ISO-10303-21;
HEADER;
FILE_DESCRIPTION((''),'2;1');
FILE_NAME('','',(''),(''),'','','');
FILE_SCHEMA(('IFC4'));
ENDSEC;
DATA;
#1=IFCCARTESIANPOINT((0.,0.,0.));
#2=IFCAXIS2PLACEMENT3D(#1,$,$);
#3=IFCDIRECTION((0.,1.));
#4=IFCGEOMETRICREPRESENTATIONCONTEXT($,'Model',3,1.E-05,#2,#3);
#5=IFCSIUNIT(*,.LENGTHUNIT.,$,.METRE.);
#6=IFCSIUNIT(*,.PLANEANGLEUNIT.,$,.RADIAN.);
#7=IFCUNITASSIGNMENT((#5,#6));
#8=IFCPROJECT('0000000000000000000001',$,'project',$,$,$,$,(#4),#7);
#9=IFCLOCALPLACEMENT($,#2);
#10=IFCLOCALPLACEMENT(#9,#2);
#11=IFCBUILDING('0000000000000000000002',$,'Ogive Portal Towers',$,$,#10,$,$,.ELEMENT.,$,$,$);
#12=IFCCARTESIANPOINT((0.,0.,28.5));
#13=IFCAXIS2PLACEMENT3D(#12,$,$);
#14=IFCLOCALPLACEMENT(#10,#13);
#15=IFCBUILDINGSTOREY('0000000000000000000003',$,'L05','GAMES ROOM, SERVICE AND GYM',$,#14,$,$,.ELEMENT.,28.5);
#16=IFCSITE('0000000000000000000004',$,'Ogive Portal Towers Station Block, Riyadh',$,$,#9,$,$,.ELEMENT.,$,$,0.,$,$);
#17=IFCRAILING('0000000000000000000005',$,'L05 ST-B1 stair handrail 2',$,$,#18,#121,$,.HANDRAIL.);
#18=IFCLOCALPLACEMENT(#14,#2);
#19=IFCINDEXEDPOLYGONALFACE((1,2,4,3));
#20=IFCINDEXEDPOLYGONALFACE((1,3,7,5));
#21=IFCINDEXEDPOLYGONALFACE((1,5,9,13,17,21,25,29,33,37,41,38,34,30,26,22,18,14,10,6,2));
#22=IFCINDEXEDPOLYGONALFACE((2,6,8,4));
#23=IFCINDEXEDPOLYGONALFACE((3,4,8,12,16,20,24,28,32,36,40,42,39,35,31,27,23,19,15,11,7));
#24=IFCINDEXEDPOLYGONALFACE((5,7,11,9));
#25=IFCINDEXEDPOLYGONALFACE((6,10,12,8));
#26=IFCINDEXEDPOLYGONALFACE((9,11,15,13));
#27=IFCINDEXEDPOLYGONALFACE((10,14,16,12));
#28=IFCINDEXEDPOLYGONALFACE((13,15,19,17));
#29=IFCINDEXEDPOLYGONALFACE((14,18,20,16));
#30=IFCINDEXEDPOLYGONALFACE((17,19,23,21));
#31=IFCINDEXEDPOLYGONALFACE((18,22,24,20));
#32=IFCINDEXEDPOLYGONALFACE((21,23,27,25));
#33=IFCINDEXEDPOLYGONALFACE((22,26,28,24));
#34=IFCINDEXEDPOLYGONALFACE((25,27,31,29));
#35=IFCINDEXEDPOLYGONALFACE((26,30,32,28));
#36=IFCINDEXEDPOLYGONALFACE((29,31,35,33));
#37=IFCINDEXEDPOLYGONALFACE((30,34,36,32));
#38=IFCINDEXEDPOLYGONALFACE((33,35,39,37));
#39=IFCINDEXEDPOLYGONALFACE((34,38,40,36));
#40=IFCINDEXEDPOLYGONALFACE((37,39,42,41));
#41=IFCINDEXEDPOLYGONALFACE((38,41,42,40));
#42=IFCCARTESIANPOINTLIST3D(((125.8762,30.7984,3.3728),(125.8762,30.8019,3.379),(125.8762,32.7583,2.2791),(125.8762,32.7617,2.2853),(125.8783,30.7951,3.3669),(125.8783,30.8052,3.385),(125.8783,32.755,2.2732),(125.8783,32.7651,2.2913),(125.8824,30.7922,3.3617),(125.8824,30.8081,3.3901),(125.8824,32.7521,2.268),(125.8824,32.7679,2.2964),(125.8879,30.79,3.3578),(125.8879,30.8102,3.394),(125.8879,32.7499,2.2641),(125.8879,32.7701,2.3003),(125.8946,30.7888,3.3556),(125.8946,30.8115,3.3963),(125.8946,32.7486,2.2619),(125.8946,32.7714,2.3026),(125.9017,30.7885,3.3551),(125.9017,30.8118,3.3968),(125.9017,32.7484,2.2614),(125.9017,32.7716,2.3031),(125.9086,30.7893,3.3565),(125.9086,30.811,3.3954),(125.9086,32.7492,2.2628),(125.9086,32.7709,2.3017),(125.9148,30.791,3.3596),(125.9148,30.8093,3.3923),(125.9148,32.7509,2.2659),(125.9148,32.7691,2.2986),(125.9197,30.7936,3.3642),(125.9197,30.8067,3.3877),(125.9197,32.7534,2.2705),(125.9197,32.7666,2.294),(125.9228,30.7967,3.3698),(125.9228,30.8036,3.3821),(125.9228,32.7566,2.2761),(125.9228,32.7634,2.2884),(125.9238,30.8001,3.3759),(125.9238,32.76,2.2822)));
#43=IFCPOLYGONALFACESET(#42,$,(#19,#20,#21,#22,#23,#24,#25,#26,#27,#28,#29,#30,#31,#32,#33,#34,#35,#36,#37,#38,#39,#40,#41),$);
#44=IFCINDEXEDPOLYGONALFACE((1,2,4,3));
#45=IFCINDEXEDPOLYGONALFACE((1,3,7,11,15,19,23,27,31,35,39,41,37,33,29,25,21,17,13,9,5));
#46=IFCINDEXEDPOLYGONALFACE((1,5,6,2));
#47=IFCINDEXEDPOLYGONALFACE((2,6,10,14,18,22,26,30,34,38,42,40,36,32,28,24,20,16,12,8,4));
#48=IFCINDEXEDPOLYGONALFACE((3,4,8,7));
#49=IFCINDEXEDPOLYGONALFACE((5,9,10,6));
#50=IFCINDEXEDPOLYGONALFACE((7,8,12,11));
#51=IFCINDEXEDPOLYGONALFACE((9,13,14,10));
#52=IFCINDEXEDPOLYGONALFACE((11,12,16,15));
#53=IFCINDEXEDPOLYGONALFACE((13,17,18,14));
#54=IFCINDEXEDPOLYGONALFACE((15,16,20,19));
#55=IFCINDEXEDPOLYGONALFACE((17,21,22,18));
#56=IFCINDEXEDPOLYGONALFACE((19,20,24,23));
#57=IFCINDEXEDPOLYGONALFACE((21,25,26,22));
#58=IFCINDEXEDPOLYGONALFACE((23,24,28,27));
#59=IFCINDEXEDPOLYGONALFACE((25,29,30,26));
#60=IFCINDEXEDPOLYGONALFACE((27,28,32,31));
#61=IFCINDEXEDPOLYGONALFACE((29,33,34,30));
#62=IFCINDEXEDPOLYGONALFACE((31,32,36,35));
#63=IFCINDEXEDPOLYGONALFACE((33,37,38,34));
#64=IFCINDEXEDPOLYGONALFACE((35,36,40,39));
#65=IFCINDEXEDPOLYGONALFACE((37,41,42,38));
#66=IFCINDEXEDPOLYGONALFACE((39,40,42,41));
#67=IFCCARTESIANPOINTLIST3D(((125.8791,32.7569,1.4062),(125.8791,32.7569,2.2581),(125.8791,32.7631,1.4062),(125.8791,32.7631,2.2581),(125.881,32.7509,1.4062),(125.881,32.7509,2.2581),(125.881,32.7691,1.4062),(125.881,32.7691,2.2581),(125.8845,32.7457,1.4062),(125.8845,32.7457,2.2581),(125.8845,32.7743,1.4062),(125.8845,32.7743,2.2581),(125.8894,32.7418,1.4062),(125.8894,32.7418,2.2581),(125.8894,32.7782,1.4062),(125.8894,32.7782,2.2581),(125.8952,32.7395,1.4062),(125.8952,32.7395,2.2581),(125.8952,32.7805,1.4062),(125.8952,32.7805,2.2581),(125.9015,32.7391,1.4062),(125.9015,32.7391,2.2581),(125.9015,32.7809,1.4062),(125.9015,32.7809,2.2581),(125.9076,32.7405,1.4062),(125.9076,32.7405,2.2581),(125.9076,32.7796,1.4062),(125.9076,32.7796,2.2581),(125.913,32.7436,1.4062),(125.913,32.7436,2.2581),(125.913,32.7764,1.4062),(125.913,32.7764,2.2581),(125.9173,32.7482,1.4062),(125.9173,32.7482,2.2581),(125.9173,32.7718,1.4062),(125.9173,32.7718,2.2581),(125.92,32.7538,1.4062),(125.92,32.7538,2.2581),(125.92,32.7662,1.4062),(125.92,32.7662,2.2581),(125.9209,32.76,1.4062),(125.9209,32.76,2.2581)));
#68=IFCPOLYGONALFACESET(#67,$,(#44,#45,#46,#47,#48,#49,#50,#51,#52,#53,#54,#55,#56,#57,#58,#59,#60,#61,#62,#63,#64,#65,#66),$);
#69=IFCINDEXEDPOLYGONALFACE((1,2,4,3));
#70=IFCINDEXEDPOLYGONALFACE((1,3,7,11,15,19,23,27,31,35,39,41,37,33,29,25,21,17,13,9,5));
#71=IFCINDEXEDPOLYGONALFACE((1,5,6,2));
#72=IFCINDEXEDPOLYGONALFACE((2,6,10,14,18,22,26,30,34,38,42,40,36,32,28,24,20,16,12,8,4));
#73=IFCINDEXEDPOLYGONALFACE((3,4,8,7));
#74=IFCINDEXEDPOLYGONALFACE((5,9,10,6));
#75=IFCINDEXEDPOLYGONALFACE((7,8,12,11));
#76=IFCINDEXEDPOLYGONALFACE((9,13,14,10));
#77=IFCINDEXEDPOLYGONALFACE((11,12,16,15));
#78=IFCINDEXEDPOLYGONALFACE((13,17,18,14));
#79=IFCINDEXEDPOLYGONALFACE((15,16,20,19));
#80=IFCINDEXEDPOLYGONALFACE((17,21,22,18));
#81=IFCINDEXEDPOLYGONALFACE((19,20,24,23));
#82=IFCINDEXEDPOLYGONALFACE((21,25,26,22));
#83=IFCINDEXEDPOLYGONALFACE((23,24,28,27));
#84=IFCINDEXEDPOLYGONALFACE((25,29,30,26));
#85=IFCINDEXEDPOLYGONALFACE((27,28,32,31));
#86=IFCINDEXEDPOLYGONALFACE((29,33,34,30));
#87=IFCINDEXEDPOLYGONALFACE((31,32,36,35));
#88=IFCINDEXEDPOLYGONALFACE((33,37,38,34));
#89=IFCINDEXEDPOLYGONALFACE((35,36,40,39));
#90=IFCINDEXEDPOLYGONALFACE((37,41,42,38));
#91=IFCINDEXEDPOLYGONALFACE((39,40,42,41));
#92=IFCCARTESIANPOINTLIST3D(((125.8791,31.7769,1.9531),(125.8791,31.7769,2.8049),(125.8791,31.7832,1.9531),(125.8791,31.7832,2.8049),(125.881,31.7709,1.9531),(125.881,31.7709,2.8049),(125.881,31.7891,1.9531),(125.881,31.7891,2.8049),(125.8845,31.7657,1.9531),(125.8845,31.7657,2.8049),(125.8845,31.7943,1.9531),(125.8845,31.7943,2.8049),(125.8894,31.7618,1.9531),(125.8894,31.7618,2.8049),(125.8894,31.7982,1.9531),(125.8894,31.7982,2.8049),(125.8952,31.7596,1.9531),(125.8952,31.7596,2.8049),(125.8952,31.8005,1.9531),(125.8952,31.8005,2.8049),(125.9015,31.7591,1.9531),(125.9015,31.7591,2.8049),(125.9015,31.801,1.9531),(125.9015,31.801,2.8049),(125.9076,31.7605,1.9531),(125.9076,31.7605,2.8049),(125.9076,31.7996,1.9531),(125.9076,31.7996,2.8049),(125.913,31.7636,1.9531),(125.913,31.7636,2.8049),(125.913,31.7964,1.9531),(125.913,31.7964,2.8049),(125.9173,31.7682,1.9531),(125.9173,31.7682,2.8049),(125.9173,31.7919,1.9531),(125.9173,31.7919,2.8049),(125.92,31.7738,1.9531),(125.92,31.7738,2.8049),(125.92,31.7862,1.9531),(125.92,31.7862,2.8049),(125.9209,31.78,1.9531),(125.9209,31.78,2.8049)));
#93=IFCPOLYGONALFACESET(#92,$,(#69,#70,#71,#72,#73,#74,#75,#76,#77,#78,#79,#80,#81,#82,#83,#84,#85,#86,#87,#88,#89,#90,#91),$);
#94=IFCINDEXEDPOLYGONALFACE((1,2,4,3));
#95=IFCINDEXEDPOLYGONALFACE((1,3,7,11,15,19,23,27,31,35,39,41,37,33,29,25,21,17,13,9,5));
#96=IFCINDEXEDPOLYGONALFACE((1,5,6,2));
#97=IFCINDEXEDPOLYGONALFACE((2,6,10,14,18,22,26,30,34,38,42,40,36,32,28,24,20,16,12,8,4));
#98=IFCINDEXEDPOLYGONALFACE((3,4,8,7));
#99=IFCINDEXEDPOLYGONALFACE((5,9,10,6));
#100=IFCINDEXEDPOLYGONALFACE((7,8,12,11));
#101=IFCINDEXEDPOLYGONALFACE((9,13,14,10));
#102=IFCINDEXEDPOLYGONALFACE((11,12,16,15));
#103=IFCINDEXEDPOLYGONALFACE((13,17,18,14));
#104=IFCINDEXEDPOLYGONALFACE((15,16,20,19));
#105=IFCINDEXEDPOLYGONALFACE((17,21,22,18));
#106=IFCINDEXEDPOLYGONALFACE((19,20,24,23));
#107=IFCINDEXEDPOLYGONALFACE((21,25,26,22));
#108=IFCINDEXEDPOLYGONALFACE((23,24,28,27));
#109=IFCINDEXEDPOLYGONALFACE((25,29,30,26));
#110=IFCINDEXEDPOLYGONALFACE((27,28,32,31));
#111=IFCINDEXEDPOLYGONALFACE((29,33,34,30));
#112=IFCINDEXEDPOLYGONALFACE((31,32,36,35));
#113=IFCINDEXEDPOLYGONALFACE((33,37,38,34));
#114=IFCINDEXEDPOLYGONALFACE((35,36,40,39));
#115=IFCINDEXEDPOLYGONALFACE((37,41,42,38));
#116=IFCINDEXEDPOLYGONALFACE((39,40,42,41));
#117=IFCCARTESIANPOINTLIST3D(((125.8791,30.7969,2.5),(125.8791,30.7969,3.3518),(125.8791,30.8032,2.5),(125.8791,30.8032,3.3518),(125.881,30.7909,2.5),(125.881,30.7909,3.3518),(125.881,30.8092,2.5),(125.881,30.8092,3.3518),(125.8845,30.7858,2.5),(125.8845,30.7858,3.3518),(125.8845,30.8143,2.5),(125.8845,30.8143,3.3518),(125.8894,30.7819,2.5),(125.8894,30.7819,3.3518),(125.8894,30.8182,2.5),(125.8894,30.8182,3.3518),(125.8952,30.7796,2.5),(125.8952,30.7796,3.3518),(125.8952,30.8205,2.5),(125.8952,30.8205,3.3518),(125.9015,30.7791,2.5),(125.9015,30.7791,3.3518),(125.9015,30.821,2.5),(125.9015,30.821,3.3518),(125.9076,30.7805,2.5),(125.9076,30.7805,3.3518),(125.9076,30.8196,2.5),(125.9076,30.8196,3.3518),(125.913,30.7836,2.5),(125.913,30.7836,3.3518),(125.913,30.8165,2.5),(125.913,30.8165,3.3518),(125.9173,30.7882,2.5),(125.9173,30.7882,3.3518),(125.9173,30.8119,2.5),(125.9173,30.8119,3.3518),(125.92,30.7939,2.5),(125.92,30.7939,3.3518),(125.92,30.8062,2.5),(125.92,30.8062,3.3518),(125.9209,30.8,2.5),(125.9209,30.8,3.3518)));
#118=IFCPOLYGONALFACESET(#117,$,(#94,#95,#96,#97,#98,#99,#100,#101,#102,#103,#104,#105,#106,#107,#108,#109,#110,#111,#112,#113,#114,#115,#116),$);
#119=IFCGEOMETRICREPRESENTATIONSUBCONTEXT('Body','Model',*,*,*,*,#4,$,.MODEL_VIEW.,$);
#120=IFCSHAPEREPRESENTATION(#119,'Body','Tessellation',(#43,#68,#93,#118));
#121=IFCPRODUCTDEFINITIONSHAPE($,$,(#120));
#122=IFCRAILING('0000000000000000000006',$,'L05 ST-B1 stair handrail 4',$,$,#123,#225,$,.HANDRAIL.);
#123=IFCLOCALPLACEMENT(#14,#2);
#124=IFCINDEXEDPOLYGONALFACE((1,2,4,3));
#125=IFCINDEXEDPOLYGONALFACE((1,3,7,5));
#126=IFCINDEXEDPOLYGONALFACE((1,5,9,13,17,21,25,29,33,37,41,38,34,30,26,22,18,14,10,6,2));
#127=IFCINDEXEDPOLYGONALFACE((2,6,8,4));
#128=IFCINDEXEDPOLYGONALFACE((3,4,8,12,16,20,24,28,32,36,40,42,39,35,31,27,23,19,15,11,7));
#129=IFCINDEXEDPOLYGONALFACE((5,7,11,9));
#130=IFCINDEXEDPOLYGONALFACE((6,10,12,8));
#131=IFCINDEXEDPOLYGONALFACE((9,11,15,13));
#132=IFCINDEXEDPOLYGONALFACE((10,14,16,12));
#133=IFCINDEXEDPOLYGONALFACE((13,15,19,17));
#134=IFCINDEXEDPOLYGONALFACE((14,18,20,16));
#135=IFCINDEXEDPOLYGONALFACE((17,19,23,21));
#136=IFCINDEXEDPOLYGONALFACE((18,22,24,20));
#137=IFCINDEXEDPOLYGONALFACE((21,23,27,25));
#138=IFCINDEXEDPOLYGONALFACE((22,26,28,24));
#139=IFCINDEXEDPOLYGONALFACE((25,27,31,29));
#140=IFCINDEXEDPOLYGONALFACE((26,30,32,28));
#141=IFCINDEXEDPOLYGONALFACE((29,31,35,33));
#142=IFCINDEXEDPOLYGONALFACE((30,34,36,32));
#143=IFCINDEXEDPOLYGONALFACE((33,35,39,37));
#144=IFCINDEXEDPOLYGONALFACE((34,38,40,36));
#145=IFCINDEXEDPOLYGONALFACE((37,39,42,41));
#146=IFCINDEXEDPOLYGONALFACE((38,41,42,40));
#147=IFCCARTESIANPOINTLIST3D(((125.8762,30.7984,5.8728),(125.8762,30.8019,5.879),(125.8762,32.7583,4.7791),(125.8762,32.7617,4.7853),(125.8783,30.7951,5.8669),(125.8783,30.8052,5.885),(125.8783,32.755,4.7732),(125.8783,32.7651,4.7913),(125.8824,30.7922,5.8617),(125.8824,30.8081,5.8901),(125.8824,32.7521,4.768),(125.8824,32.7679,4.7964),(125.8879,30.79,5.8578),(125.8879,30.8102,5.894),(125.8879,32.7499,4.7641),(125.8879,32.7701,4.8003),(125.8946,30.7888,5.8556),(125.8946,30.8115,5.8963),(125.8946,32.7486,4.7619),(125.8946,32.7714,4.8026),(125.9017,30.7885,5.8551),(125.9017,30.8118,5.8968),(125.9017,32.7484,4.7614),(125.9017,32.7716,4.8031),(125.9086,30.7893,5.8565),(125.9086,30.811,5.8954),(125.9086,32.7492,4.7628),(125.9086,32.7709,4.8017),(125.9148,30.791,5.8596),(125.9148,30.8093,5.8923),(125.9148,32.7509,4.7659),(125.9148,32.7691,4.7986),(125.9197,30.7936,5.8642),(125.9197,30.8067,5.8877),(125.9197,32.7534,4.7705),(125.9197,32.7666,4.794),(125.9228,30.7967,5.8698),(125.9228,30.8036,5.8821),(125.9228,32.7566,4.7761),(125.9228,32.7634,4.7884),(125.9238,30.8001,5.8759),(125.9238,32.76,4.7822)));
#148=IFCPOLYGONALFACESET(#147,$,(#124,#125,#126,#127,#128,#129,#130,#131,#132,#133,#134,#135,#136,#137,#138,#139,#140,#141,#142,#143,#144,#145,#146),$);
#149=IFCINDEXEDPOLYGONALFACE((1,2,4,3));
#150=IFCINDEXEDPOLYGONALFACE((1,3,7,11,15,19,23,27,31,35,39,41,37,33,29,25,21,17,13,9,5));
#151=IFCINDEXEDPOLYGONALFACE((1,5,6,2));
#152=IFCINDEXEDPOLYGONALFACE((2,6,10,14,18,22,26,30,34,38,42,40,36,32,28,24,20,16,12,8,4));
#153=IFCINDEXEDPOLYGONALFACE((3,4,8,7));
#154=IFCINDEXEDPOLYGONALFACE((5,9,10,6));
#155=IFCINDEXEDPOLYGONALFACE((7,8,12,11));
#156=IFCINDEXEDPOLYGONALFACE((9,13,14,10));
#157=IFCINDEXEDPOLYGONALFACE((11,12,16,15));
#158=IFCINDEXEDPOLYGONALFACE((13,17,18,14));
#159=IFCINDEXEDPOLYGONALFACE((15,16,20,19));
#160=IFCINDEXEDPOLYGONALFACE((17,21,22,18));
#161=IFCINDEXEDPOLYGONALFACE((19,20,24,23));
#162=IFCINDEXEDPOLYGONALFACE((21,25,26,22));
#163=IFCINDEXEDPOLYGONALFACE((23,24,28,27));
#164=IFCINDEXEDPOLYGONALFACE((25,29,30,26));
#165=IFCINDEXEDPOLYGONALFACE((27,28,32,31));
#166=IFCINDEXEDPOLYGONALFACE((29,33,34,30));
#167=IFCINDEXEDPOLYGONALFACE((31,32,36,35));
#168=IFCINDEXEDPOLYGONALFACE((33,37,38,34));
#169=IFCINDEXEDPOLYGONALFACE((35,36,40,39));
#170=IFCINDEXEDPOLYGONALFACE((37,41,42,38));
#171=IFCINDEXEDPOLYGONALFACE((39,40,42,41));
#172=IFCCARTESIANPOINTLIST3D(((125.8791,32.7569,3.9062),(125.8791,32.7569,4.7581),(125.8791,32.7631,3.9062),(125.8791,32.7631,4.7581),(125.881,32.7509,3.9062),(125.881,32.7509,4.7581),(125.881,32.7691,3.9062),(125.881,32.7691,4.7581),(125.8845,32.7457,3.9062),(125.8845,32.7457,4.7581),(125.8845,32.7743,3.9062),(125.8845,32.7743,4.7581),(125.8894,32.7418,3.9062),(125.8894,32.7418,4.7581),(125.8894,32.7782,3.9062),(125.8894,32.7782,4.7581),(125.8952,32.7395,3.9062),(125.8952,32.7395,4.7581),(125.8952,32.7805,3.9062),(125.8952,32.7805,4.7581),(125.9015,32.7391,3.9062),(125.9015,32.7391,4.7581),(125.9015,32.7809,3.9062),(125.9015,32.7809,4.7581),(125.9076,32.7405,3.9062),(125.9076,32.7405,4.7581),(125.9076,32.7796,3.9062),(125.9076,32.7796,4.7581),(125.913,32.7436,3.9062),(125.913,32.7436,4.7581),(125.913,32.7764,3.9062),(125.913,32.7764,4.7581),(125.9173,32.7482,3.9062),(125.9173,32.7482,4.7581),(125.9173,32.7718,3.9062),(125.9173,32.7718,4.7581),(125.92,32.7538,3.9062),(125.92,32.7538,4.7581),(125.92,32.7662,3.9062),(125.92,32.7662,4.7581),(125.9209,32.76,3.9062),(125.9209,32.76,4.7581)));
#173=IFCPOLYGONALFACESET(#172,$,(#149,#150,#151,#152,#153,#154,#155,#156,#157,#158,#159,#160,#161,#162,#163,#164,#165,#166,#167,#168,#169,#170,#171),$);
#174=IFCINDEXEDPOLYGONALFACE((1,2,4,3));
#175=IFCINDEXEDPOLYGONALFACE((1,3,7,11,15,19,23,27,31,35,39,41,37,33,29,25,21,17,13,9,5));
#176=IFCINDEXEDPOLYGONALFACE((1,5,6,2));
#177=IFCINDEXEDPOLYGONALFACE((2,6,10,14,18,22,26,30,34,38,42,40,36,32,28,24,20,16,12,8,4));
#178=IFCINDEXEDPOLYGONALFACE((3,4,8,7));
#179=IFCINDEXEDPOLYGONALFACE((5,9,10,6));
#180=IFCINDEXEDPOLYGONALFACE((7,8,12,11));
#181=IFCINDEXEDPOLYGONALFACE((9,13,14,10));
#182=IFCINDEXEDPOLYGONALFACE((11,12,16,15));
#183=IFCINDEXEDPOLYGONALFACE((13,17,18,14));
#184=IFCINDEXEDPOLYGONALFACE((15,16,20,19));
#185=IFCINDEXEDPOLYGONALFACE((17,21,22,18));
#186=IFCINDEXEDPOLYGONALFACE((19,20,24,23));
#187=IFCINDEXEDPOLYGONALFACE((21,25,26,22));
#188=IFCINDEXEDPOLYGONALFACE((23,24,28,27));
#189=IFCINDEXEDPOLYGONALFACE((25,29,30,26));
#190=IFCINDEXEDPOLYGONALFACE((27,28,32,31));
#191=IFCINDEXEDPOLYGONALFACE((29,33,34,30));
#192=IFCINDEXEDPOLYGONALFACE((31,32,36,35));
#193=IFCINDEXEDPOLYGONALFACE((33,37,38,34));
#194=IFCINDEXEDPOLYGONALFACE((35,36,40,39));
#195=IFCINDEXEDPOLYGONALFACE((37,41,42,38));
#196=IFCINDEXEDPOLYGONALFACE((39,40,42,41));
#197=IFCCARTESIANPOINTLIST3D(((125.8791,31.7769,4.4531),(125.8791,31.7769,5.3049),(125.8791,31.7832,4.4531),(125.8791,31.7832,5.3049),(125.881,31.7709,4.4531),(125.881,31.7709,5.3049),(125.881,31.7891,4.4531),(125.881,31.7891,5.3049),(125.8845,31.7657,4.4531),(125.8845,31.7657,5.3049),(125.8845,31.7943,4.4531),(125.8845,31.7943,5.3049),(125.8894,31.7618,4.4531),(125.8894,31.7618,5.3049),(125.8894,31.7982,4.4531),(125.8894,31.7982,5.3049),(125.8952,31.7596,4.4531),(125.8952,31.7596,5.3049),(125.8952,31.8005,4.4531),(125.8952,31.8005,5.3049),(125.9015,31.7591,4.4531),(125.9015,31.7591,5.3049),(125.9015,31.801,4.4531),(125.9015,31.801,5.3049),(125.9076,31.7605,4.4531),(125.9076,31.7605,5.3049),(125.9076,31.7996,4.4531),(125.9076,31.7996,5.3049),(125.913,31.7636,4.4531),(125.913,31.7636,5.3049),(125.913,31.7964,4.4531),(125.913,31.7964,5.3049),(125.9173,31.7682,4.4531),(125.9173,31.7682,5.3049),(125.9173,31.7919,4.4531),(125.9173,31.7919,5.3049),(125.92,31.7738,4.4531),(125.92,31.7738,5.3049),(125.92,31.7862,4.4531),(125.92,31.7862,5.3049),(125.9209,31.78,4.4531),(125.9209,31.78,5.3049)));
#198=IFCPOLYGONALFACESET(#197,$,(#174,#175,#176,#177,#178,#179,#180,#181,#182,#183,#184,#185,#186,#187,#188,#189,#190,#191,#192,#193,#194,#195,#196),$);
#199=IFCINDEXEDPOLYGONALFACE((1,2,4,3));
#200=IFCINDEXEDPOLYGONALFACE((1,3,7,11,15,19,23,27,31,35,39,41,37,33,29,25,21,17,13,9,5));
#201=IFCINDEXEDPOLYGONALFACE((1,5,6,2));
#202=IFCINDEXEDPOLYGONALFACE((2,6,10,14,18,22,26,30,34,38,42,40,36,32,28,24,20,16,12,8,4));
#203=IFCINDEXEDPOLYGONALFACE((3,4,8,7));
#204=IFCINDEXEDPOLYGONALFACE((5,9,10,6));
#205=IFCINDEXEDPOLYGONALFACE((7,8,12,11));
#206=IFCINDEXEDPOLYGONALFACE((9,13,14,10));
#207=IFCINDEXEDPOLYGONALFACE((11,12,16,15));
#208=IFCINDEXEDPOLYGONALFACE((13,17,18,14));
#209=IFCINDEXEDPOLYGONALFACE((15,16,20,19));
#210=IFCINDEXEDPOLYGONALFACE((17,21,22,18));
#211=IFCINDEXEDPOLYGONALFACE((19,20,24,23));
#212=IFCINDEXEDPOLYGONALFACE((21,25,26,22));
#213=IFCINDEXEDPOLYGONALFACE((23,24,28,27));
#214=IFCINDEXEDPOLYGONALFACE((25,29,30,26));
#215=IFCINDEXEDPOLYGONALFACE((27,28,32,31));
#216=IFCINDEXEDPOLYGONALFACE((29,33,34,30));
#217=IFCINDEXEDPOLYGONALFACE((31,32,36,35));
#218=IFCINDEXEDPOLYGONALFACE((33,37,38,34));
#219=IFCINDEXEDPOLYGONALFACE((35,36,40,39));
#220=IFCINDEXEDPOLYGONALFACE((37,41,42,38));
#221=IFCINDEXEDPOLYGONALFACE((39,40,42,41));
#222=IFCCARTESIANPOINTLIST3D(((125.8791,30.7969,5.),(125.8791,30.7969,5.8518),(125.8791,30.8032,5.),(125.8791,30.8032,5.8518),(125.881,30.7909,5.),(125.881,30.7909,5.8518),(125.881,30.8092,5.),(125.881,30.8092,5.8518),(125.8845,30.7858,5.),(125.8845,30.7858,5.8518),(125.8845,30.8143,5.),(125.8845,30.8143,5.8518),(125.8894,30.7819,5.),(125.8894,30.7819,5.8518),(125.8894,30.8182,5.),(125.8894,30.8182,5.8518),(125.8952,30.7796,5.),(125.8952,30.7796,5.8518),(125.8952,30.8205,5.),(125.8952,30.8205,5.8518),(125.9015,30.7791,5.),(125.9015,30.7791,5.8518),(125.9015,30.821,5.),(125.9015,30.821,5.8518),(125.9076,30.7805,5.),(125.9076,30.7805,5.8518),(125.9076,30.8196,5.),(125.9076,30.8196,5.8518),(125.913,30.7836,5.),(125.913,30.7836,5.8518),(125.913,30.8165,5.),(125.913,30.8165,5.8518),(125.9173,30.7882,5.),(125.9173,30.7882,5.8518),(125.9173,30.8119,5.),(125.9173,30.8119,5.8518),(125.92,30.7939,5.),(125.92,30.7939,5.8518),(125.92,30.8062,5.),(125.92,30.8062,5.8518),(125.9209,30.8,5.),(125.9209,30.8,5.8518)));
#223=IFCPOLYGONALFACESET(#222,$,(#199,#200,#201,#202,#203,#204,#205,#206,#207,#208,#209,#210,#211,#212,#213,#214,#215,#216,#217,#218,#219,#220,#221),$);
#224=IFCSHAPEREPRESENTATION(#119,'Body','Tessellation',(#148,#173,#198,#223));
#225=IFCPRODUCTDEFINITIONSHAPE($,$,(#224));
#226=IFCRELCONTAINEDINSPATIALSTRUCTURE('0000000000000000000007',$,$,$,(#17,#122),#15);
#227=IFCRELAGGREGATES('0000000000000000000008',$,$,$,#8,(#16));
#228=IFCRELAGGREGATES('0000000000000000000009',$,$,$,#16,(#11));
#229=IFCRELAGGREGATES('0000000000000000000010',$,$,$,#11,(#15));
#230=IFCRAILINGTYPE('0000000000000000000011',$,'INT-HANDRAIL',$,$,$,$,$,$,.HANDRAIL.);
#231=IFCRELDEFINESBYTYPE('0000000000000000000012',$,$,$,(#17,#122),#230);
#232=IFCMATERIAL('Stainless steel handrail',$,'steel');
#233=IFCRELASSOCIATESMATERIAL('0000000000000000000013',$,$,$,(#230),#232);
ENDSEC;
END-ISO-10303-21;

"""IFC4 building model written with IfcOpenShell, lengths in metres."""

from ifc_helpers import new_model, si_unit, direction, frame, origin, origin_2d, place, context, subcontext, project, spatial, circle, extrude, material, type_object, element, save


model = new_model("IFC4")

# Units and contexts
model_context = context("Model", 3, precision=1e-05, world=origin(), true_north=direction((0.0, 1.0)))
body_context = subcontext(model_context, "Body", "Model", "MODEL_VIEW")
ifc_project = project(units=[si_unit("LENGTHUNIT", "METRE"), si_unit("PLANEANGLEUNIT", "RADIAN")], contexts=[model_context])

# Site, building, storey
site_placement = place(None, origin())
site = spatial("IfcSite", under=ifc_project, at=site_placement, Name="Ogive Portal Towers Station Block, Riyadh", CompositionType="ELEMENT", RefElevation=0.0)
building_placement = place(site_placement, origin())
building = spatial("IfcBuilding", under=site, at=building_placement, Name="Ogive Portal Towers", CompositionType="ELEMENT")
storey_placement = place(building_placement, frame((0.0, 0.0, 28.5)))
storey = spatial("IfcBuildingStorey", under=building, at=storey_placement, Name="L05", Description="GAMES ROOM, SERVICE AND GYM", CompositionType="ELEMENT", Elevation=28.5)

# Railings
ifc_material_1 = material(Name="Stainless steel handrail", Category="steel")
railing_type_1 = type_object("IfcRailingType", Name="INT-HANDRAIL", PredefinedType="HANDRAIL", material=ifc_material_1)
for number, where, name in (
    (1, (125.8999, 32.76, 1.4062), "L05 ST-B1 stair handrail 2"),
    (2, (125.8999, 32.76, 3.9062), "L05 ST-B1 stair handrail 4"),
):
    element("IfcRailing", number, at=place(storey_placement, frame(where)), inside=storey, type_object=railing_type_1, Name=name, PredefinedType="HANDRAIL", context=body_context, shape_type="SweptSolid", body=[
        extrude(circle(Radius=0.0239, at=origin_2d()), frame((0.0, 0.0, 0.876), z_axis=(0.0, -0.873232, 0.487304), x_axis=(1.0, 0.0, 0.0)), (0.0, 0.0, 1.0), 2.2444),
        extrude(circle(Radius=0.021, at=origin_2d()), origin(), (0.0, 0.0, 1.0), 0.8518),
        extrude(circle(Radius=0.021, at=origin_2d()), frame((0.0, -0.98, 0.5469)), (0.0, 0.0, 1.0), 0.8518),
        extrude(circle(Radius=0.021, at=origin_2d()), frame((0.0, -1.96, 1.0938)), (0.0, 0.0, 1.0), 0.8518),
    ])

save(model, "model.ifc")
